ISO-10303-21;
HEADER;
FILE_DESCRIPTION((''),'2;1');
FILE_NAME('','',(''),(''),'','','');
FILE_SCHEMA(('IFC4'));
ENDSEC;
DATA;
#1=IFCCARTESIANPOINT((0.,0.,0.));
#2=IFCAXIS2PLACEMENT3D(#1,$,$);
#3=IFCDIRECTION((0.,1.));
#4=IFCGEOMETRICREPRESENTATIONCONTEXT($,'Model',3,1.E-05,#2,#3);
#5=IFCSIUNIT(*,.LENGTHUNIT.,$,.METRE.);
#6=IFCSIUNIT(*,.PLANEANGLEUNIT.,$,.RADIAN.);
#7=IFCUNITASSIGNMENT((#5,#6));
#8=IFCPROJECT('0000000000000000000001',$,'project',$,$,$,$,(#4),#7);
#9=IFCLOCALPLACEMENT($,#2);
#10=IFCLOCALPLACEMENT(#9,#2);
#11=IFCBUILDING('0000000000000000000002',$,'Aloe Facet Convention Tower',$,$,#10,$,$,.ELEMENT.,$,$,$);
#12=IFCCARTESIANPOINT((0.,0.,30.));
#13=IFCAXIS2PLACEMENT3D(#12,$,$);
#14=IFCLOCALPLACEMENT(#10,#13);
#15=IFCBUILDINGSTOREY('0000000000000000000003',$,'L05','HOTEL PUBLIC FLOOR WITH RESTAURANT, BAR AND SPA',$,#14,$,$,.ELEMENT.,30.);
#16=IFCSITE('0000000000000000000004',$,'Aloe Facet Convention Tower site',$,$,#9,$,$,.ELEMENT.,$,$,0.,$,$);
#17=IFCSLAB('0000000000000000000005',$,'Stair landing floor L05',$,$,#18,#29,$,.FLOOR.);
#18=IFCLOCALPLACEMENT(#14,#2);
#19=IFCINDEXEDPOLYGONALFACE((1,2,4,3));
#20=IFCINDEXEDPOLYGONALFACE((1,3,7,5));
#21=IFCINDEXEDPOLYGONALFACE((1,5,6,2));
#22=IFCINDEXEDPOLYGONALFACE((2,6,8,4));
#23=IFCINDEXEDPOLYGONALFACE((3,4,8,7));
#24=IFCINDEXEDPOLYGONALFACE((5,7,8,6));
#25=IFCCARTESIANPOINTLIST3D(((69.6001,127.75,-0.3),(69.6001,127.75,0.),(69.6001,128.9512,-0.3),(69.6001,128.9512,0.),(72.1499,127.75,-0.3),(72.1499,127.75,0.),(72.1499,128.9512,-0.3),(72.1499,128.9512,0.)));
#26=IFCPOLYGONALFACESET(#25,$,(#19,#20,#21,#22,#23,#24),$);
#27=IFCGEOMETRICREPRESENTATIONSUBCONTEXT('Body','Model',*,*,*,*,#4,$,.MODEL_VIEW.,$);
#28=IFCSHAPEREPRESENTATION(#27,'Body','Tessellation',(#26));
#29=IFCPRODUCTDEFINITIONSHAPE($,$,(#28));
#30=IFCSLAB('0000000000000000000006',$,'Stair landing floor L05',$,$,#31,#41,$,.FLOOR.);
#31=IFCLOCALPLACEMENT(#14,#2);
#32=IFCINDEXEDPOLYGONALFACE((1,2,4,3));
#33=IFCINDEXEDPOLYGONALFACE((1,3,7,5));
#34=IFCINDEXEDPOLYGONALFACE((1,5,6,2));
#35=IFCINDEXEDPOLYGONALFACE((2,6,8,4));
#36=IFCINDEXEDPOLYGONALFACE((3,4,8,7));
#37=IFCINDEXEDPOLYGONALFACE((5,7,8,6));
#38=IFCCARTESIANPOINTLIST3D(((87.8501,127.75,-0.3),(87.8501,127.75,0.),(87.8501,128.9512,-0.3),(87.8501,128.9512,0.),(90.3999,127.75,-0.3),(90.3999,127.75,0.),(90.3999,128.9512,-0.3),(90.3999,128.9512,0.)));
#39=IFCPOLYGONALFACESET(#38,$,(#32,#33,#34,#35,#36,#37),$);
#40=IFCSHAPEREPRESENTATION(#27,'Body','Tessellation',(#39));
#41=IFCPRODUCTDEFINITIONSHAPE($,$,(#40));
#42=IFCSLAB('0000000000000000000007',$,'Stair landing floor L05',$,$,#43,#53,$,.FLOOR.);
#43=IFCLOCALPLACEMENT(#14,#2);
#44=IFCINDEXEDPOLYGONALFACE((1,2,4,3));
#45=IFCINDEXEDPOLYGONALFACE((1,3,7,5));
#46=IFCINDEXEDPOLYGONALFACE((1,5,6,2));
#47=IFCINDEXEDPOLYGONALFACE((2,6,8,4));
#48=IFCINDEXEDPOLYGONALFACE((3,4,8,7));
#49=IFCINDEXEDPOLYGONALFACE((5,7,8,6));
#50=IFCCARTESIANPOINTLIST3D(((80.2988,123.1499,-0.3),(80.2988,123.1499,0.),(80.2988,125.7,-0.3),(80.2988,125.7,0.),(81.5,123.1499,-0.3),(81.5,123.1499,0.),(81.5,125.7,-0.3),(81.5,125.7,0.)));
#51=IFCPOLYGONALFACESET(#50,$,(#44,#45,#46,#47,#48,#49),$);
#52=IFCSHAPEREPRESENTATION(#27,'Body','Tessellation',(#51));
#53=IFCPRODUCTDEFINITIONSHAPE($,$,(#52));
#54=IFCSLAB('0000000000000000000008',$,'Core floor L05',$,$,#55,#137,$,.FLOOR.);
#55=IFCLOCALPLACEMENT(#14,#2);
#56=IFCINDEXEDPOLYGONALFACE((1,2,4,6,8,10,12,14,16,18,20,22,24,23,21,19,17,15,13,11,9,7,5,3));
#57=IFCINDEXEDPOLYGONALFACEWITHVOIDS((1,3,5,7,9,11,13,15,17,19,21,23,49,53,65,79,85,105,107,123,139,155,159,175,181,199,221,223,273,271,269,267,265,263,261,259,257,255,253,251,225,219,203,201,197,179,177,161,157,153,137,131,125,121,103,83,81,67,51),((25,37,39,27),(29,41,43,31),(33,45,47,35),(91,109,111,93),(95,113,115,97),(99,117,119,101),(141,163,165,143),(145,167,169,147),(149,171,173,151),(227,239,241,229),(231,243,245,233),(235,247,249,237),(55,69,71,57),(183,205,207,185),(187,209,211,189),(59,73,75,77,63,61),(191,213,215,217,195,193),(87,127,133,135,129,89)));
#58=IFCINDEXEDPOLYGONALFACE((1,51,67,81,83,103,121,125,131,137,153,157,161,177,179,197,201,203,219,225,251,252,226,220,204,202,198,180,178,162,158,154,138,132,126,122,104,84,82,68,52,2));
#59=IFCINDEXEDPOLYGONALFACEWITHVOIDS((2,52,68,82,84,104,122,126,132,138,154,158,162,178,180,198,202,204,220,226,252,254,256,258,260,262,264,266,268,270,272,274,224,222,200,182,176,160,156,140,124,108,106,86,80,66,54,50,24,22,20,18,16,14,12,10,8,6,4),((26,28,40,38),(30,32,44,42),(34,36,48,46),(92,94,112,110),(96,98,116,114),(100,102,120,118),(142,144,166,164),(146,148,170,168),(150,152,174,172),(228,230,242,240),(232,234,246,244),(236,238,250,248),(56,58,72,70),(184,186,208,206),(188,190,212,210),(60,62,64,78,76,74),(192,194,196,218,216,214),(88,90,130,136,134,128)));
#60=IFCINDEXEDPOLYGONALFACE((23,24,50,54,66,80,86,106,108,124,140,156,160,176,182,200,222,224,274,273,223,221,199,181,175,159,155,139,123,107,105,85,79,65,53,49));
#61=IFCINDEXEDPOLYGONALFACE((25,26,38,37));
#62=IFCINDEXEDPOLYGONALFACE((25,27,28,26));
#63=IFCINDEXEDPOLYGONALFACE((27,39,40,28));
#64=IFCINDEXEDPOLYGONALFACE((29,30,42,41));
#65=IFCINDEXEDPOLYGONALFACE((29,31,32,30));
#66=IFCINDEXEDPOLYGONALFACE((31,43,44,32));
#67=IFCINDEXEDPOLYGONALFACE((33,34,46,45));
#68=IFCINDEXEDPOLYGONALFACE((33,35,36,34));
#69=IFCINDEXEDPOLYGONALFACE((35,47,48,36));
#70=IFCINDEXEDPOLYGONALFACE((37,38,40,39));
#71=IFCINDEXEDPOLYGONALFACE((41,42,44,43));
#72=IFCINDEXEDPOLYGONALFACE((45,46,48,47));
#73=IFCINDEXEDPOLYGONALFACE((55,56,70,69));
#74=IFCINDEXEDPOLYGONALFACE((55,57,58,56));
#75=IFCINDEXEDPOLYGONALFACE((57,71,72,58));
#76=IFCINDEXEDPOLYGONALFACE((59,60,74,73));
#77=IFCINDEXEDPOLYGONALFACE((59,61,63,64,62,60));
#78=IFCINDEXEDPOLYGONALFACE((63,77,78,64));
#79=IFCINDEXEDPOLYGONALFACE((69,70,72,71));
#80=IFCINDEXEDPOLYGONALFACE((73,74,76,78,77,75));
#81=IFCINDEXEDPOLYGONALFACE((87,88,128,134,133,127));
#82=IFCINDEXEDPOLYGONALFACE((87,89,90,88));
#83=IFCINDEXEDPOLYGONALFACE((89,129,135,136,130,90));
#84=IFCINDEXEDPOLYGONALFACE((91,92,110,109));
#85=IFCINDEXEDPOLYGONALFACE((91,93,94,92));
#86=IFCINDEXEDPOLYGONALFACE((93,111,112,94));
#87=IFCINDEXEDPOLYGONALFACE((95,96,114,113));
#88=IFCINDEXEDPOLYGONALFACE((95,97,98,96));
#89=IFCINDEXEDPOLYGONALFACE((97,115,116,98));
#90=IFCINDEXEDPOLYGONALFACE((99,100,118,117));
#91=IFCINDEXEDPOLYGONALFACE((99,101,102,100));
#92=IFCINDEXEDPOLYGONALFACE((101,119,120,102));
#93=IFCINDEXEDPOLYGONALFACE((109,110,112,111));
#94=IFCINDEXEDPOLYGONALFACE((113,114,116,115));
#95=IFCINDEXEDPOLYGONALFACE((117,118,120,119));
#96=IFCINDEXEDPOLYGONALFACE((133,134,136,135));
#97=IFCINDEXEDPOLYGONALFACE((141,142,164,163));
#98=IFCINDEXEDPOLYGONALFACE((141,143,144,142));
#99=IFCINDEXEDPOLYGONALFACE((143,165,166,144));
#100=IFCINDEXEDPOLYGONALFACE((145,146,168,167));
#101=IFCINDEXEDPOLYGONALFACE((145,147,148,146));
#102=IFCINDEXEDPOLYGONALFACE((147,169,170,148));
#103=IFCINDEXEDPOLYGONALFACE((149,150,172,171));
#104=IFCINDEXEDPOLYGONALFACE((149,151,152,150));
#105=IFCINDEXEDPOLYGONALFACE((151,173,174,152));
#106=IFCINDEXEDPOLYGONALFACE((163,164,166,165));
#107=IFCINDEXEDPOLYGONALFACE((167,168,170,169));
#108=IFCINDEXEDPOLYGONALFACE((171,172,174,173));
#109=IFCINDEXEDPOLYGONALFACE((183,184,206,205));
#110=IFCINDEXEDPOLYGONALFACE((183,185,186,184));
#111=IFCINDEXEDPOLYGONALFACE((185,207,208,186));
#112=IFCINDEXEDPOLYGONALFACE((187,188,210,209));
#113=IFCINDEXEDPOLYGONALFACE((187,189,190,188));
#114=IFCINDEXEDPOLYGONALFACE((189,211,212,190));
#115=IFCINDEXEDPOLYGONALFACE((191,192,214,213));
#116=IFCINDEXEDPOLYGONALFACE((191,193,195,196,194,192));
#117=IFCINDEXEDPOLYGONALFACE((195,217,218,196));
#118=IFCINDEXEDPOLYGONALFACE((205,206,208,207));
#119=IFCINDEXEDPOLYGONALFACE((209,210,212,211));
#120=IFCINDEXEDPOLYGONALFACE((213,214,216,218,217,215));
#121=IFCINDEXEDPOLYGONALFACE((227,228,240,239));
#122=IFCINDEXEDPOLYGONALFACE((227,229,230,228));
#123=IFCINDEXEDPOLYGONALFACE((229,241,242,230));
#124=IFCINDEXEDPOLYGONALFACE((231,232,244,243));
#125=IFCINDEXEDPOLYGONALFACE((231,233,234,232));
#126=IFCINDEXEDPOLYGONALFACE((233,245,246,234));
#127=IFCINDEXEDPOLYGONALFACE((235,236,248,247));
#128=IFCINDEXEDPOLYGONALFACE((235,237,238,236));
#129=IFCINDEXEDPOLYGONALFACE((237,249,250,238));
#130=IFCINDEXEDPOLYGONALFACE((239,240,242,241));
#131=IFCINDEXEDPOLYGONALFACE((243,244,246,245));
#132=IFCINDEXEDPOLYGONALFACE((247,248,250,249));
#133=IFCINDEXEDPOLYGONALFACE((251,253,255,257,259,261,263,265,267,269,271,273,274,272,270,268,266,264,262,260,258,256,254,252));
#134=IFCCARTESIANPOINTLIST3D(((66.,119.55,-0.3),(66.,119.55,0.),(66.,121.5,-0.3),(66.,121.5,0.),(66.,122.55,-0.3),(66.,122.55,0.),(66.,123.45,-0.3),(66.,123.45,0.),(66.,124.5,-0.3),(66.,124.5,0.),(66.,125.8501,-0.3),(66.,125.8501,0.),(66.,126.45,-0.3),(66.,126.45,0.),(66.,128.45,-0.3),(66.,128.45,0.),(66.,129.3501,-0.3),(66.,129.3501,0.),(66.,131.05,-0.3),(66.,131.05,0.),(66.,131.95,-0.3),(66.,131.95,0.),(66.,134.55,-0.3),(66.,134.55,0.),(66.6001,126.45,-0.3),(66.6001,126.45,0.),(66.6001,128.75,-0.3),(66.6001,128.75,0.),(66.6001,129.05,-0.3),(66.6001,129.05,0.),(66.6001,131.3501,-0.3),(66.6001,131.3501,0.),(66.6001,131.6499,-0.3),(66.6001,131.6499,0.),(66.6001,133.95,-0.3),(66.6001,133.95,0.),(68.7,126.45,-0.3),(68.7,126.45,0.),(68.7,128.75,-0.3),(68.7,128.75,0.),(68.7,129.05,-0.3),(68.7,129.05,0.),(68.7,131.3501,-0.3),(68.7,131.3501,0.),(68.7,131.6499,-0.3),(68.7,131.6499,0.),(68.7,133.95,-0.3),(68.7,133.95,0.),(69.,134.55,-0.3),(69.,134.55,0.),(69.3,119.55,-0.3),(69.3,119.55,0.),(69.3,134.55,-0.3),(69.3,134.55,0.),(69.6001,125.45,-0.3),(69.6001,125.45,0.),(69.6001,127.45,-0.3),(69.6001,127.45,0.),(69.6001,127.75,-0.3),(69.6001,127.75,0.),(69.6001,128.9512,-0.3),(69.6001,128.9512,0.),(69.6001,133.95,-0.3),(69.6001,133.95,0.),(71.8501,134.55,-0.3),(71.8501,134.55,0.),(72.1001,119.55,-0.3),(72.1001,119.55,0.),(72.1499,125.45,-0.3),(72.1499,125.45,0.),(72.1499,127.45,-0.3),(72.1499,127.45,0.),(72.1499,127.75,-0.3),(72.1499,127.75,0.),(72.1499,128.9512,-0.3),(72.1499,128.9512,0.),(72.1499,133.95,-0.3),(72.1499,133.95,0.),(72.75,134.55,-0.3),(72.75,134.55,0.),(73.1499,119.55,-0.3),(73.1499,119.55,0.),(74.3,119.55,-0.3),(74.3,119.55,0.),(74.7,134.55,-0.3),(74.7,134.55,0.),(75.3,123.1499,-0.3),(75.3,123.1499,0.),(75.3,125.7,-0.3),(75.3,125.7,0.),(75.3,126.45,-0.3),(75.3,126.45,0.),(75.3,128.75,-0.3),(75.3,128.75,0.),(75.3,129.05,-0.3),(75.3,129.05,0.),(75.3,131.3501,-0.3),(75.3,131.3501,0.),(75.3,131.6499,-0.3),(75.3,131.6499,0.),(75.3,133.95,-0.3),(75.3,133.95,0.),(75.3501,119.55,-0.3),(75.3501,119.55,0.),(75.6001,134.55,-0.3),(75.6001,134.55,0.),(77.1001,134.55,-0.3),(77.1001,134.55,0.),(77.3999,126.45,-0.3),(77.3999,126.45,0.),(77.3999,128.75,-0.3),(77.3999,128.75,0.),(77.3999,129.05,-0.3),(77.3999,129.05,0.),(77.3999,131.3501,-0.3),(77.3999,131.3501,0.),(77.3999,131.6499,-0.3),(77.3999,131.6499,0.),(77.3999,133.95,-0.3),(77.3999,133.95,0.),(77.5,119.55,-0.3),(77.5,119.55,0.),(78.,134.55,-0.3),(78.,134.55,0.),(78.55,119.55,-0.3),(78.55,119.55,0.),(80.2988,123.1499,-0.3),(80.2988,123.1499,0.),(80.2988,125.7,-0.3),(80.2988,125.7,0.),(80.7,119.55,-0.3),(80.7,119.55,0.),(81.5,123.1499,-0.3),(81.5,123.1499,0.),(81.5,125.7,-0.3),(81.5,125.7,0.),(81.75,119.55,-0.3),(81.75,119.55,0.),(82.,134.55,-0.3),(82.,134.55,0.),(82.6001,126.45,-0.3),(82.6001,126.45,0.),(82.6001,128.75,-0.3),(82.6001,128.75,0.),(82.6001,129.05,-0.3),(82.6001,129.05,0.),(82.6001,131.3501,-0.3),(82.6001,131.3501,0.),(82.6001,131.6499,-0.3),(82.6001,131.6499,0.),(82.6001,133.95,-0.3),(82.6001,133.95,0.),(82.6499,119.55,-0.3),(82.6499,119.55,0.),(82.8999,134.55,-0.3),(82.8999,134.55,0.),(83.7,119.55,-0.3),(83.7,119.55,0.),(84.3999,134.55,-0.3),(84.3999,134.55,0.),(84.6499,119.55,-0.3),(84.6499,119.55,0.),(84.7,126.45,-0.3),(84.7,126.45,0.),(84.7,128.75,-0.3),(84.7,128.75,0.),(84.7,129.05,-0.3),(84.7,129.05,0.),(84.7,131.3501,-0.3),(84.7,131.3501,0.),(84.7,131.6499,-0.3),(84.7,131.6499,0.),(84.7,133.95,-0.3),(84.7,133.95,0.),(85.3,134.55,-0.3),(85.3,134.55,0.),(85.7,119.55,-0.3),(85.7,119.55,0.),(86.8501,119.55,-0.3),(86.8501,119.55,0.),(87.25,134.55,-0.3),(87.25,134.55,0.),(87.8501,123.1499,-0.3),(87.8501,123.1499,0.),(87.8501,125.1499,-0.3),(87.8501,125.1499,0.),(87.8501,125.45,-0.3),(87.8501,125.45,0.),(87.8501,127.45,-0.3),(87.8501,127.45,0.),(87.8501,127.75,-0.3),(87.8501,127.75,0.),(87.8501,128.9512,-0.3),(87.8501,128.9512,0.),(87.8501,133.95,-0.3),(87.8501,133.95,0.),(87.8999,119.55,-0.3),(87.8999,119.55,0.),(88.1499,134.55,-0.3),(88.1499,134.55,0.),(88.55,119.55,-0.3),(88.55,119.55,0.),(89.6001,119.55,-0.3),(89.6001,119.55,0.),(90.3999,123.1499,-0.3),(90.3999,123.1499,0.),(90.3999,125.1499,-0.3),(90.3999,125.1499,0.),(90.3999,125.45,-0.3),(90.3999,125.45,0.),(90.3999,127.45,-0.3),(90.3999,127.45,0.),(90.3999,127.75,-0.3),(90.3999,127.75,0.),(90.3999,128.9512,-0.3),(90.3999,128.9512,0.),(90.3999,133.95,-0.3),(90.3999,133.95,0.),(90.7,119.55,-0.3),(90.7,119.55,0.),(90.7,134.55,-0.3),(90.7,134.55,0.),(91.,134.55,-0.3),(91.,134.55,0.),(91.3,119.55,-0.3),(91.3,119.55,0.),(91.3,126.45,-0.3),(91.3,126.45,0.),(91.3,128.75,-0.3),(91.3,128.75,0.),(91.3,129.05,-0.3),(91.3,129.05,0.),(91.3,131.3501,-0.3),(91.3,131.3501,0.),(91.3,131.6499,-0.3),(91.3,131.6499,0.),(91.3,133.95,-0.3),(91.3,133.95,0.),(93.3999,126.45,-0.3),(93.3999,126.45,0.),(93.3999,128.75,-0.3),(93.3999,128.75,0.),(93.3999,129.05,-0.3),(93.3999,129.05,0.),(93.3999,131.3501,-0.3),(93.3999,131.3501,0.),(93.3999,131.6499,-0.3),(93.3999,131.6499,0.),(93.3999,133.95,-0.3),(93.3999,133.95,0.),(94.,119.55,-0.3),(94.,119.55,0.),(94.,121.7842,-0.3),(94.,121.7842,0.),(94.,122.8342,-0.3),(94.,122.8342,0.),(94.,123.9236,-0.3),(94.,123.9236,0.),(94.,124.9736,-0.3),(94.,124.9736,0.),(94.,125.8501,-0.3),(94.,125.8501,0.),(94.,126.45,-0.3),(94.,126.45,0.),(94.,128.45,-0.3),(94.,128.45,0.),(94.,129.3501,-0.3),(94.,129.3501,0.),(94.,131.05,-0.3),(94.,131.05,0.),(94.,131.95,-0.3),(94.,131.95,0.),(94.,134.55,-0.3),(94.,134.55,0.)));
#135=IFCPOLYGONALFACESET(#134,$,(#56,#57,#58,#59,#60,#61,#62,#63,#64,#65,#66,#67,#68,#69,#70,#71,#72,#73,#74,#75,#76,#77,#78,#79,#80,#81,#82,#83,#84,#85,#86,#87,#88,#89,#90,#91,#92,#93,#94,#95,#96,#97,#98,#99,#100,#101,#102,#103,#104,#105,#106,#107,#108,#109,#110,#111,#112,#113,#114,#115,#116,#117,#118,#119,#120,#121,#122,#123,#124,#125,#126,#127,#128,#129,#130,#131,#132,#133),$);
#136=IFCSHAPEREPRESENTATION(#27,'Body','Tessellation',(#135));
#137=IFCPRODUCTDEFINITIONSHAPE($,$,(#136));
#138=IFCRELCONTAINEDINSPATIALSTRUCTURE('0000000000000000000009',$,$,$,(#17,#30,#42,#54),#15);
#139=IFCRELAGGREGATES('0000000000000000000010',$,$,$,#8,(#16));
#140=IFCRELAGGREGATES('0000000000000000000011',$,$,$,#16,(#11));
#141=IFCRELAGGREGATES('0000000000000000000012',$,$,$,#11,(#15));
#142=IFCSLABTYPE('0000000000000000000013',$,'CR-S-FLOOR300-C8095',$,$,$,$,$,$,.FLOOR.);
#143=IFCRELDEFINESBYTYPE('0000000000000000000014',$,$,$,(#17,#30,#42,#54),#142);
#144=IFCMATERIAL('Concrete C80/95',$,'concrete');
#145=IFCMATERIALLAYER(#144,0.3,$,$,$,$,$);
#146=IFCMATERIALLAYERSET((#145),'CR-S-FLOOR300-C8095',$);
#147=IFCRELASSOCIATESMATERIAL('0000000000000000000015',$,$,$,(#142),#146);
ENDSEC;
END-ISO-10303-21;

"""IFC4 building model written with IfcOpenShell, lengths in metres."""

from ifc_helpers import new_model, si_unit, direction, frame, origin, place, context, subcontext, project, spatial, polyline, outline, extrude, material, layer, layer_set, type_object, element, save


model = new_model("IFC4")

# Units and contexts
model_context = context("Model", 3, precision=1e-05, world=origin(), true_north=direction((0.0, 1.0)))
body_context = subcontext(model_context, "Body", "Model", "MODEL_VIEW")
ifc_project = project(units=[si_unit("LENGTHUNIT", "METRE"), si_unit("PLANEANGLEUNIT", "RADIAN")], contexts=[model_context])

# Site, building, storey
site_placement = place(None, origin())
site = spatial("IfcSite", under=ifc_project, at=site_placement, Name="Aloe Facet Convention Tower site", CompositionType="ELEMENT", RefElevation=0.0)
building_placement = place(site_placement, origin())
building = spatial("IfcBuilding", under=site, at=building_placement, Name="Aloe Facet Convention Tower", CompositionType="ELEMENT")
storey_placement = place(building_placement, frame((0.0, 0.0, 30.0)))
storey = spatial("IfcBuildingStorey", under=building, at=storey_placement, Name="L05", Description="HOTEL PUBLIC FLOOR WITH RESTAURANT, BAR AND SPA", CompositionType="ELEMENT", Elevation=30.0)

# Slabs
ifc_material_1 = material(Name="Concrete C80/95", Category="concrete")
ifc_layer_1 = layer(ifc_material_1, 0.3)
ifc_layer_set_1 = layer_set([ifc_layer_1], Name="CR-S-FLOOR300-C8095")
slab_type_1 = type_object("IfcSlabType", Name="CR-S-FLOOR300-C8095", PredefinedType="FLOOR", material=ifc_layer_set_1)
slab_1_placement = place(storey_placement, frame((0.0, 0.0, -0.3)))
element("IfcSlab", 1, at=slab_1_placement, inside=storey, type_object=slab_type_1, Name="Stair landing floor L05", PredefinedType="FLOOR", context=body_context, shape_type="SweptSolid", body=[
    extrude(outline(polyline([(72.1499, 127.75), (72.1499, 128.9512), (69.6001, 128.9512), (69.6001, 127.75), (72.1499, 127.75)])), origin(), (0.0, 0.0, 1.0), 0.3),
])
slab_2_placement = place(storey_placement, frame((0.0, 0.0, -0.3)))
element("IfcSlab", 2, at=slab_2_placement, inside=storey, type_object=slab_type_1, Name="Stair landing floor L05", PredefinedType="FLOOR", context=body_context, shape_type="SweptSolid", body=[
    extrude(outline(polyline([(90.3999, 127.75), (90.3999, 128.9512), (87.8501, 128.9512), (87.8501, 127.75), (90.3999, 127.75)])), origin(), (0.0, 0.0, 1.0), 0.3),
])
slab_3_placement = place(storey_placement, frame((0.0, 0.0, -0.3)))
element("IfcSlab", 3, at=slab_3_placement, inside=storey, type_object=slab_type_1, Name="Stair landing floor L05", PredefinedType="FLOOR", context=body_context, shape_type="SweptSolid", body=[
    extrude(outline(polyline([(81.5, 125.7), (80.2988, 125.7), (80.2988, 123.1499), (81.5, 123.1499), (81.5, 125.7)])), origin(), (0.0, 0.0, 1.0), 0.3),
])
slab_4_placement = place(storey_placement, frame((0.0, 0.0, -0.3)))
element("IfcSlab", 4, at=slab_4_placement, inside=storey, type_object=slab_type_1, Name="Core floor L05", PredefinedType="FLOOR", context=body_context, shape_type="SweptSolid", body=[
    extrude(outline(polyline([(69.3, 134.55), (71.8501, 134.55), (72.75, 134.55), (74.7, 134.55), (75.6001, 134.55), (77.1001, 134.55), (78.0, 134.55), (82.0, 134.55), (82.8999, 134.55), (84.3999, 134.55), (85.3, 134.55), (87.25, 134.55), (88.1499, 134.55), (90.7, 134.55), (91.0, 134.55), (94.0, 134.55), (94.0, 131.95), (94.0, 131.05), (94.0, 129.3501), (94.0, 128.45), (94.0, 126.45), (94.0, 125.8501), (94.0, 124.9736), (94.0, 123.9236), (94.0, 122.8342), (94.0, 121.7842), (94.0, 119.55), (91.3, 119.55), (90.7, 119.55), (89.6001, 119.55), (88.55, 119.55), (87.8999, 119.55), (86.8501, 119.55), (85.7, 119.55), (84.6499, 119.55), (83.7, 119.55), (82.6499, 119.55), (81.75, 119.55), (80.7, 119.55), (78.55, 119.55), (77.5, 119.55), (75.3501, 119.55), (74.3, 119.55), (73.1499, 119.55), (72.1001, 119.55), (69.3, 119.55), (66.0, 119.55), (66.0, 121.5), (66.0, 122.55), (66.0, 123.45), (66.0, 124.5), (66.0, 125.8501), (66.0, 126.45), (66.0, 128.45), (66.0, 129.3501), (66.0, 131.05), (66.0, 131.95), (66.0, 134.55), (69.0, 134.55), (69.3, 134.55)]), holes=[polyline([(75.3, 123.1499), (80.2988, 123.1499), (81.5, 123.1499), (81.5, 125.7), (80.2988, 125.7), (75.3, 125.7), (75.3, 123.1499)]), polyline([(69.6001, 125.45), (72.1499, 125.45), (72.1499, 127.45), (69.6001, 127.45), (69.6001, 125.45)]), polyline([(66.6001, 126.45), (68.7, 126.45), (68.7, 128.75), (66.6001, 128.75), (66.6001, 126.45)]), polyline([(75.3, 126.45), (77.3999, 126.45), (77.3999, 128.75), (75.3, 128.75), (75.3, 126.45)]), polyline([(66.6001, 129.05), (68.7, 129.05), (68.7, 131.3501), (66.6001, 131.3501), (66.6001, 129.05)]), polyline([(75.3, 129.05), (77.3999, 129.05), (77.3999, 131.3501), (75.3, 131.3501), (75.3, 129.05)]), polyline([(69.6001, 133.95), (69.6001, 128.9512), (69.6001, 127.75), (72.1499, 127.75), (72.1499, 128.9512), (72.1499, 133.95), (69.6001, 133.95)]), polyline([(66.6001, 133.95), (66.6001, 131.6499), (68.7, 131.6499), (68.7, 133.95), (66.6001, 133.95)]), polyline([(75.3, 133.95), (75.3, 131.6499), (77.3999, 131.6499), (77.3999, 133.95), (75.3, 133.95)]), polyline([(87.8501, 123.1499), (90.3999, 123.1499), (90.3999, 125.1499), (87.8501, 125.1499), (87.8501, 123.1499)]), polyline([(87.8501, 125.45), (90.3999, 125.45), (90.3999, 127.45), (87.8501, 127.45), (87.8501, 125.45)]), polyline([(82.6001, 126.45), (84.7, 126.45), (84.7, 128.75), (82.6001, 128.75), (82.6001, 126.45)]), polyline([(91.3, 126.45), (93.3999, 126.45), (93.3999, 128.75), (91.3, 128.75), (91.3, 126.45)]), polyline([(82.6001, 129.05), (84.7, 129.05), (84.7, 131.3501), (82.6001, 131.3501), (82.6001, 129.05)]), polyline([(91.3, 129.05), (93.3999, 129.05), (93.3999, 131.3501), (91.3, 131.3501), (91.3, 129.05)]), polyline([(87.8501, 133.95), (87.8501, 128.9512), (87.8501, 127.75), (90.3999, 127.75), (90.3999, 128.9512), (90.3999, 133.95), (87.8501, 133.95)]), polyline([(82.6001, 133.95), (82.6001, 131.6499), (84.7, 131.6499), (84.7, 133.95), (82.6001, 133.95)]), polyline([(91.3, 133.95), (91.3, 131.6499), (93.3999, 131.6499), (93.3999, 133.95), (91.3, 133.95)])]), origin(), (0.0, 0.0, 1.0), 0.3),
])

save(model, "model.ifc")
